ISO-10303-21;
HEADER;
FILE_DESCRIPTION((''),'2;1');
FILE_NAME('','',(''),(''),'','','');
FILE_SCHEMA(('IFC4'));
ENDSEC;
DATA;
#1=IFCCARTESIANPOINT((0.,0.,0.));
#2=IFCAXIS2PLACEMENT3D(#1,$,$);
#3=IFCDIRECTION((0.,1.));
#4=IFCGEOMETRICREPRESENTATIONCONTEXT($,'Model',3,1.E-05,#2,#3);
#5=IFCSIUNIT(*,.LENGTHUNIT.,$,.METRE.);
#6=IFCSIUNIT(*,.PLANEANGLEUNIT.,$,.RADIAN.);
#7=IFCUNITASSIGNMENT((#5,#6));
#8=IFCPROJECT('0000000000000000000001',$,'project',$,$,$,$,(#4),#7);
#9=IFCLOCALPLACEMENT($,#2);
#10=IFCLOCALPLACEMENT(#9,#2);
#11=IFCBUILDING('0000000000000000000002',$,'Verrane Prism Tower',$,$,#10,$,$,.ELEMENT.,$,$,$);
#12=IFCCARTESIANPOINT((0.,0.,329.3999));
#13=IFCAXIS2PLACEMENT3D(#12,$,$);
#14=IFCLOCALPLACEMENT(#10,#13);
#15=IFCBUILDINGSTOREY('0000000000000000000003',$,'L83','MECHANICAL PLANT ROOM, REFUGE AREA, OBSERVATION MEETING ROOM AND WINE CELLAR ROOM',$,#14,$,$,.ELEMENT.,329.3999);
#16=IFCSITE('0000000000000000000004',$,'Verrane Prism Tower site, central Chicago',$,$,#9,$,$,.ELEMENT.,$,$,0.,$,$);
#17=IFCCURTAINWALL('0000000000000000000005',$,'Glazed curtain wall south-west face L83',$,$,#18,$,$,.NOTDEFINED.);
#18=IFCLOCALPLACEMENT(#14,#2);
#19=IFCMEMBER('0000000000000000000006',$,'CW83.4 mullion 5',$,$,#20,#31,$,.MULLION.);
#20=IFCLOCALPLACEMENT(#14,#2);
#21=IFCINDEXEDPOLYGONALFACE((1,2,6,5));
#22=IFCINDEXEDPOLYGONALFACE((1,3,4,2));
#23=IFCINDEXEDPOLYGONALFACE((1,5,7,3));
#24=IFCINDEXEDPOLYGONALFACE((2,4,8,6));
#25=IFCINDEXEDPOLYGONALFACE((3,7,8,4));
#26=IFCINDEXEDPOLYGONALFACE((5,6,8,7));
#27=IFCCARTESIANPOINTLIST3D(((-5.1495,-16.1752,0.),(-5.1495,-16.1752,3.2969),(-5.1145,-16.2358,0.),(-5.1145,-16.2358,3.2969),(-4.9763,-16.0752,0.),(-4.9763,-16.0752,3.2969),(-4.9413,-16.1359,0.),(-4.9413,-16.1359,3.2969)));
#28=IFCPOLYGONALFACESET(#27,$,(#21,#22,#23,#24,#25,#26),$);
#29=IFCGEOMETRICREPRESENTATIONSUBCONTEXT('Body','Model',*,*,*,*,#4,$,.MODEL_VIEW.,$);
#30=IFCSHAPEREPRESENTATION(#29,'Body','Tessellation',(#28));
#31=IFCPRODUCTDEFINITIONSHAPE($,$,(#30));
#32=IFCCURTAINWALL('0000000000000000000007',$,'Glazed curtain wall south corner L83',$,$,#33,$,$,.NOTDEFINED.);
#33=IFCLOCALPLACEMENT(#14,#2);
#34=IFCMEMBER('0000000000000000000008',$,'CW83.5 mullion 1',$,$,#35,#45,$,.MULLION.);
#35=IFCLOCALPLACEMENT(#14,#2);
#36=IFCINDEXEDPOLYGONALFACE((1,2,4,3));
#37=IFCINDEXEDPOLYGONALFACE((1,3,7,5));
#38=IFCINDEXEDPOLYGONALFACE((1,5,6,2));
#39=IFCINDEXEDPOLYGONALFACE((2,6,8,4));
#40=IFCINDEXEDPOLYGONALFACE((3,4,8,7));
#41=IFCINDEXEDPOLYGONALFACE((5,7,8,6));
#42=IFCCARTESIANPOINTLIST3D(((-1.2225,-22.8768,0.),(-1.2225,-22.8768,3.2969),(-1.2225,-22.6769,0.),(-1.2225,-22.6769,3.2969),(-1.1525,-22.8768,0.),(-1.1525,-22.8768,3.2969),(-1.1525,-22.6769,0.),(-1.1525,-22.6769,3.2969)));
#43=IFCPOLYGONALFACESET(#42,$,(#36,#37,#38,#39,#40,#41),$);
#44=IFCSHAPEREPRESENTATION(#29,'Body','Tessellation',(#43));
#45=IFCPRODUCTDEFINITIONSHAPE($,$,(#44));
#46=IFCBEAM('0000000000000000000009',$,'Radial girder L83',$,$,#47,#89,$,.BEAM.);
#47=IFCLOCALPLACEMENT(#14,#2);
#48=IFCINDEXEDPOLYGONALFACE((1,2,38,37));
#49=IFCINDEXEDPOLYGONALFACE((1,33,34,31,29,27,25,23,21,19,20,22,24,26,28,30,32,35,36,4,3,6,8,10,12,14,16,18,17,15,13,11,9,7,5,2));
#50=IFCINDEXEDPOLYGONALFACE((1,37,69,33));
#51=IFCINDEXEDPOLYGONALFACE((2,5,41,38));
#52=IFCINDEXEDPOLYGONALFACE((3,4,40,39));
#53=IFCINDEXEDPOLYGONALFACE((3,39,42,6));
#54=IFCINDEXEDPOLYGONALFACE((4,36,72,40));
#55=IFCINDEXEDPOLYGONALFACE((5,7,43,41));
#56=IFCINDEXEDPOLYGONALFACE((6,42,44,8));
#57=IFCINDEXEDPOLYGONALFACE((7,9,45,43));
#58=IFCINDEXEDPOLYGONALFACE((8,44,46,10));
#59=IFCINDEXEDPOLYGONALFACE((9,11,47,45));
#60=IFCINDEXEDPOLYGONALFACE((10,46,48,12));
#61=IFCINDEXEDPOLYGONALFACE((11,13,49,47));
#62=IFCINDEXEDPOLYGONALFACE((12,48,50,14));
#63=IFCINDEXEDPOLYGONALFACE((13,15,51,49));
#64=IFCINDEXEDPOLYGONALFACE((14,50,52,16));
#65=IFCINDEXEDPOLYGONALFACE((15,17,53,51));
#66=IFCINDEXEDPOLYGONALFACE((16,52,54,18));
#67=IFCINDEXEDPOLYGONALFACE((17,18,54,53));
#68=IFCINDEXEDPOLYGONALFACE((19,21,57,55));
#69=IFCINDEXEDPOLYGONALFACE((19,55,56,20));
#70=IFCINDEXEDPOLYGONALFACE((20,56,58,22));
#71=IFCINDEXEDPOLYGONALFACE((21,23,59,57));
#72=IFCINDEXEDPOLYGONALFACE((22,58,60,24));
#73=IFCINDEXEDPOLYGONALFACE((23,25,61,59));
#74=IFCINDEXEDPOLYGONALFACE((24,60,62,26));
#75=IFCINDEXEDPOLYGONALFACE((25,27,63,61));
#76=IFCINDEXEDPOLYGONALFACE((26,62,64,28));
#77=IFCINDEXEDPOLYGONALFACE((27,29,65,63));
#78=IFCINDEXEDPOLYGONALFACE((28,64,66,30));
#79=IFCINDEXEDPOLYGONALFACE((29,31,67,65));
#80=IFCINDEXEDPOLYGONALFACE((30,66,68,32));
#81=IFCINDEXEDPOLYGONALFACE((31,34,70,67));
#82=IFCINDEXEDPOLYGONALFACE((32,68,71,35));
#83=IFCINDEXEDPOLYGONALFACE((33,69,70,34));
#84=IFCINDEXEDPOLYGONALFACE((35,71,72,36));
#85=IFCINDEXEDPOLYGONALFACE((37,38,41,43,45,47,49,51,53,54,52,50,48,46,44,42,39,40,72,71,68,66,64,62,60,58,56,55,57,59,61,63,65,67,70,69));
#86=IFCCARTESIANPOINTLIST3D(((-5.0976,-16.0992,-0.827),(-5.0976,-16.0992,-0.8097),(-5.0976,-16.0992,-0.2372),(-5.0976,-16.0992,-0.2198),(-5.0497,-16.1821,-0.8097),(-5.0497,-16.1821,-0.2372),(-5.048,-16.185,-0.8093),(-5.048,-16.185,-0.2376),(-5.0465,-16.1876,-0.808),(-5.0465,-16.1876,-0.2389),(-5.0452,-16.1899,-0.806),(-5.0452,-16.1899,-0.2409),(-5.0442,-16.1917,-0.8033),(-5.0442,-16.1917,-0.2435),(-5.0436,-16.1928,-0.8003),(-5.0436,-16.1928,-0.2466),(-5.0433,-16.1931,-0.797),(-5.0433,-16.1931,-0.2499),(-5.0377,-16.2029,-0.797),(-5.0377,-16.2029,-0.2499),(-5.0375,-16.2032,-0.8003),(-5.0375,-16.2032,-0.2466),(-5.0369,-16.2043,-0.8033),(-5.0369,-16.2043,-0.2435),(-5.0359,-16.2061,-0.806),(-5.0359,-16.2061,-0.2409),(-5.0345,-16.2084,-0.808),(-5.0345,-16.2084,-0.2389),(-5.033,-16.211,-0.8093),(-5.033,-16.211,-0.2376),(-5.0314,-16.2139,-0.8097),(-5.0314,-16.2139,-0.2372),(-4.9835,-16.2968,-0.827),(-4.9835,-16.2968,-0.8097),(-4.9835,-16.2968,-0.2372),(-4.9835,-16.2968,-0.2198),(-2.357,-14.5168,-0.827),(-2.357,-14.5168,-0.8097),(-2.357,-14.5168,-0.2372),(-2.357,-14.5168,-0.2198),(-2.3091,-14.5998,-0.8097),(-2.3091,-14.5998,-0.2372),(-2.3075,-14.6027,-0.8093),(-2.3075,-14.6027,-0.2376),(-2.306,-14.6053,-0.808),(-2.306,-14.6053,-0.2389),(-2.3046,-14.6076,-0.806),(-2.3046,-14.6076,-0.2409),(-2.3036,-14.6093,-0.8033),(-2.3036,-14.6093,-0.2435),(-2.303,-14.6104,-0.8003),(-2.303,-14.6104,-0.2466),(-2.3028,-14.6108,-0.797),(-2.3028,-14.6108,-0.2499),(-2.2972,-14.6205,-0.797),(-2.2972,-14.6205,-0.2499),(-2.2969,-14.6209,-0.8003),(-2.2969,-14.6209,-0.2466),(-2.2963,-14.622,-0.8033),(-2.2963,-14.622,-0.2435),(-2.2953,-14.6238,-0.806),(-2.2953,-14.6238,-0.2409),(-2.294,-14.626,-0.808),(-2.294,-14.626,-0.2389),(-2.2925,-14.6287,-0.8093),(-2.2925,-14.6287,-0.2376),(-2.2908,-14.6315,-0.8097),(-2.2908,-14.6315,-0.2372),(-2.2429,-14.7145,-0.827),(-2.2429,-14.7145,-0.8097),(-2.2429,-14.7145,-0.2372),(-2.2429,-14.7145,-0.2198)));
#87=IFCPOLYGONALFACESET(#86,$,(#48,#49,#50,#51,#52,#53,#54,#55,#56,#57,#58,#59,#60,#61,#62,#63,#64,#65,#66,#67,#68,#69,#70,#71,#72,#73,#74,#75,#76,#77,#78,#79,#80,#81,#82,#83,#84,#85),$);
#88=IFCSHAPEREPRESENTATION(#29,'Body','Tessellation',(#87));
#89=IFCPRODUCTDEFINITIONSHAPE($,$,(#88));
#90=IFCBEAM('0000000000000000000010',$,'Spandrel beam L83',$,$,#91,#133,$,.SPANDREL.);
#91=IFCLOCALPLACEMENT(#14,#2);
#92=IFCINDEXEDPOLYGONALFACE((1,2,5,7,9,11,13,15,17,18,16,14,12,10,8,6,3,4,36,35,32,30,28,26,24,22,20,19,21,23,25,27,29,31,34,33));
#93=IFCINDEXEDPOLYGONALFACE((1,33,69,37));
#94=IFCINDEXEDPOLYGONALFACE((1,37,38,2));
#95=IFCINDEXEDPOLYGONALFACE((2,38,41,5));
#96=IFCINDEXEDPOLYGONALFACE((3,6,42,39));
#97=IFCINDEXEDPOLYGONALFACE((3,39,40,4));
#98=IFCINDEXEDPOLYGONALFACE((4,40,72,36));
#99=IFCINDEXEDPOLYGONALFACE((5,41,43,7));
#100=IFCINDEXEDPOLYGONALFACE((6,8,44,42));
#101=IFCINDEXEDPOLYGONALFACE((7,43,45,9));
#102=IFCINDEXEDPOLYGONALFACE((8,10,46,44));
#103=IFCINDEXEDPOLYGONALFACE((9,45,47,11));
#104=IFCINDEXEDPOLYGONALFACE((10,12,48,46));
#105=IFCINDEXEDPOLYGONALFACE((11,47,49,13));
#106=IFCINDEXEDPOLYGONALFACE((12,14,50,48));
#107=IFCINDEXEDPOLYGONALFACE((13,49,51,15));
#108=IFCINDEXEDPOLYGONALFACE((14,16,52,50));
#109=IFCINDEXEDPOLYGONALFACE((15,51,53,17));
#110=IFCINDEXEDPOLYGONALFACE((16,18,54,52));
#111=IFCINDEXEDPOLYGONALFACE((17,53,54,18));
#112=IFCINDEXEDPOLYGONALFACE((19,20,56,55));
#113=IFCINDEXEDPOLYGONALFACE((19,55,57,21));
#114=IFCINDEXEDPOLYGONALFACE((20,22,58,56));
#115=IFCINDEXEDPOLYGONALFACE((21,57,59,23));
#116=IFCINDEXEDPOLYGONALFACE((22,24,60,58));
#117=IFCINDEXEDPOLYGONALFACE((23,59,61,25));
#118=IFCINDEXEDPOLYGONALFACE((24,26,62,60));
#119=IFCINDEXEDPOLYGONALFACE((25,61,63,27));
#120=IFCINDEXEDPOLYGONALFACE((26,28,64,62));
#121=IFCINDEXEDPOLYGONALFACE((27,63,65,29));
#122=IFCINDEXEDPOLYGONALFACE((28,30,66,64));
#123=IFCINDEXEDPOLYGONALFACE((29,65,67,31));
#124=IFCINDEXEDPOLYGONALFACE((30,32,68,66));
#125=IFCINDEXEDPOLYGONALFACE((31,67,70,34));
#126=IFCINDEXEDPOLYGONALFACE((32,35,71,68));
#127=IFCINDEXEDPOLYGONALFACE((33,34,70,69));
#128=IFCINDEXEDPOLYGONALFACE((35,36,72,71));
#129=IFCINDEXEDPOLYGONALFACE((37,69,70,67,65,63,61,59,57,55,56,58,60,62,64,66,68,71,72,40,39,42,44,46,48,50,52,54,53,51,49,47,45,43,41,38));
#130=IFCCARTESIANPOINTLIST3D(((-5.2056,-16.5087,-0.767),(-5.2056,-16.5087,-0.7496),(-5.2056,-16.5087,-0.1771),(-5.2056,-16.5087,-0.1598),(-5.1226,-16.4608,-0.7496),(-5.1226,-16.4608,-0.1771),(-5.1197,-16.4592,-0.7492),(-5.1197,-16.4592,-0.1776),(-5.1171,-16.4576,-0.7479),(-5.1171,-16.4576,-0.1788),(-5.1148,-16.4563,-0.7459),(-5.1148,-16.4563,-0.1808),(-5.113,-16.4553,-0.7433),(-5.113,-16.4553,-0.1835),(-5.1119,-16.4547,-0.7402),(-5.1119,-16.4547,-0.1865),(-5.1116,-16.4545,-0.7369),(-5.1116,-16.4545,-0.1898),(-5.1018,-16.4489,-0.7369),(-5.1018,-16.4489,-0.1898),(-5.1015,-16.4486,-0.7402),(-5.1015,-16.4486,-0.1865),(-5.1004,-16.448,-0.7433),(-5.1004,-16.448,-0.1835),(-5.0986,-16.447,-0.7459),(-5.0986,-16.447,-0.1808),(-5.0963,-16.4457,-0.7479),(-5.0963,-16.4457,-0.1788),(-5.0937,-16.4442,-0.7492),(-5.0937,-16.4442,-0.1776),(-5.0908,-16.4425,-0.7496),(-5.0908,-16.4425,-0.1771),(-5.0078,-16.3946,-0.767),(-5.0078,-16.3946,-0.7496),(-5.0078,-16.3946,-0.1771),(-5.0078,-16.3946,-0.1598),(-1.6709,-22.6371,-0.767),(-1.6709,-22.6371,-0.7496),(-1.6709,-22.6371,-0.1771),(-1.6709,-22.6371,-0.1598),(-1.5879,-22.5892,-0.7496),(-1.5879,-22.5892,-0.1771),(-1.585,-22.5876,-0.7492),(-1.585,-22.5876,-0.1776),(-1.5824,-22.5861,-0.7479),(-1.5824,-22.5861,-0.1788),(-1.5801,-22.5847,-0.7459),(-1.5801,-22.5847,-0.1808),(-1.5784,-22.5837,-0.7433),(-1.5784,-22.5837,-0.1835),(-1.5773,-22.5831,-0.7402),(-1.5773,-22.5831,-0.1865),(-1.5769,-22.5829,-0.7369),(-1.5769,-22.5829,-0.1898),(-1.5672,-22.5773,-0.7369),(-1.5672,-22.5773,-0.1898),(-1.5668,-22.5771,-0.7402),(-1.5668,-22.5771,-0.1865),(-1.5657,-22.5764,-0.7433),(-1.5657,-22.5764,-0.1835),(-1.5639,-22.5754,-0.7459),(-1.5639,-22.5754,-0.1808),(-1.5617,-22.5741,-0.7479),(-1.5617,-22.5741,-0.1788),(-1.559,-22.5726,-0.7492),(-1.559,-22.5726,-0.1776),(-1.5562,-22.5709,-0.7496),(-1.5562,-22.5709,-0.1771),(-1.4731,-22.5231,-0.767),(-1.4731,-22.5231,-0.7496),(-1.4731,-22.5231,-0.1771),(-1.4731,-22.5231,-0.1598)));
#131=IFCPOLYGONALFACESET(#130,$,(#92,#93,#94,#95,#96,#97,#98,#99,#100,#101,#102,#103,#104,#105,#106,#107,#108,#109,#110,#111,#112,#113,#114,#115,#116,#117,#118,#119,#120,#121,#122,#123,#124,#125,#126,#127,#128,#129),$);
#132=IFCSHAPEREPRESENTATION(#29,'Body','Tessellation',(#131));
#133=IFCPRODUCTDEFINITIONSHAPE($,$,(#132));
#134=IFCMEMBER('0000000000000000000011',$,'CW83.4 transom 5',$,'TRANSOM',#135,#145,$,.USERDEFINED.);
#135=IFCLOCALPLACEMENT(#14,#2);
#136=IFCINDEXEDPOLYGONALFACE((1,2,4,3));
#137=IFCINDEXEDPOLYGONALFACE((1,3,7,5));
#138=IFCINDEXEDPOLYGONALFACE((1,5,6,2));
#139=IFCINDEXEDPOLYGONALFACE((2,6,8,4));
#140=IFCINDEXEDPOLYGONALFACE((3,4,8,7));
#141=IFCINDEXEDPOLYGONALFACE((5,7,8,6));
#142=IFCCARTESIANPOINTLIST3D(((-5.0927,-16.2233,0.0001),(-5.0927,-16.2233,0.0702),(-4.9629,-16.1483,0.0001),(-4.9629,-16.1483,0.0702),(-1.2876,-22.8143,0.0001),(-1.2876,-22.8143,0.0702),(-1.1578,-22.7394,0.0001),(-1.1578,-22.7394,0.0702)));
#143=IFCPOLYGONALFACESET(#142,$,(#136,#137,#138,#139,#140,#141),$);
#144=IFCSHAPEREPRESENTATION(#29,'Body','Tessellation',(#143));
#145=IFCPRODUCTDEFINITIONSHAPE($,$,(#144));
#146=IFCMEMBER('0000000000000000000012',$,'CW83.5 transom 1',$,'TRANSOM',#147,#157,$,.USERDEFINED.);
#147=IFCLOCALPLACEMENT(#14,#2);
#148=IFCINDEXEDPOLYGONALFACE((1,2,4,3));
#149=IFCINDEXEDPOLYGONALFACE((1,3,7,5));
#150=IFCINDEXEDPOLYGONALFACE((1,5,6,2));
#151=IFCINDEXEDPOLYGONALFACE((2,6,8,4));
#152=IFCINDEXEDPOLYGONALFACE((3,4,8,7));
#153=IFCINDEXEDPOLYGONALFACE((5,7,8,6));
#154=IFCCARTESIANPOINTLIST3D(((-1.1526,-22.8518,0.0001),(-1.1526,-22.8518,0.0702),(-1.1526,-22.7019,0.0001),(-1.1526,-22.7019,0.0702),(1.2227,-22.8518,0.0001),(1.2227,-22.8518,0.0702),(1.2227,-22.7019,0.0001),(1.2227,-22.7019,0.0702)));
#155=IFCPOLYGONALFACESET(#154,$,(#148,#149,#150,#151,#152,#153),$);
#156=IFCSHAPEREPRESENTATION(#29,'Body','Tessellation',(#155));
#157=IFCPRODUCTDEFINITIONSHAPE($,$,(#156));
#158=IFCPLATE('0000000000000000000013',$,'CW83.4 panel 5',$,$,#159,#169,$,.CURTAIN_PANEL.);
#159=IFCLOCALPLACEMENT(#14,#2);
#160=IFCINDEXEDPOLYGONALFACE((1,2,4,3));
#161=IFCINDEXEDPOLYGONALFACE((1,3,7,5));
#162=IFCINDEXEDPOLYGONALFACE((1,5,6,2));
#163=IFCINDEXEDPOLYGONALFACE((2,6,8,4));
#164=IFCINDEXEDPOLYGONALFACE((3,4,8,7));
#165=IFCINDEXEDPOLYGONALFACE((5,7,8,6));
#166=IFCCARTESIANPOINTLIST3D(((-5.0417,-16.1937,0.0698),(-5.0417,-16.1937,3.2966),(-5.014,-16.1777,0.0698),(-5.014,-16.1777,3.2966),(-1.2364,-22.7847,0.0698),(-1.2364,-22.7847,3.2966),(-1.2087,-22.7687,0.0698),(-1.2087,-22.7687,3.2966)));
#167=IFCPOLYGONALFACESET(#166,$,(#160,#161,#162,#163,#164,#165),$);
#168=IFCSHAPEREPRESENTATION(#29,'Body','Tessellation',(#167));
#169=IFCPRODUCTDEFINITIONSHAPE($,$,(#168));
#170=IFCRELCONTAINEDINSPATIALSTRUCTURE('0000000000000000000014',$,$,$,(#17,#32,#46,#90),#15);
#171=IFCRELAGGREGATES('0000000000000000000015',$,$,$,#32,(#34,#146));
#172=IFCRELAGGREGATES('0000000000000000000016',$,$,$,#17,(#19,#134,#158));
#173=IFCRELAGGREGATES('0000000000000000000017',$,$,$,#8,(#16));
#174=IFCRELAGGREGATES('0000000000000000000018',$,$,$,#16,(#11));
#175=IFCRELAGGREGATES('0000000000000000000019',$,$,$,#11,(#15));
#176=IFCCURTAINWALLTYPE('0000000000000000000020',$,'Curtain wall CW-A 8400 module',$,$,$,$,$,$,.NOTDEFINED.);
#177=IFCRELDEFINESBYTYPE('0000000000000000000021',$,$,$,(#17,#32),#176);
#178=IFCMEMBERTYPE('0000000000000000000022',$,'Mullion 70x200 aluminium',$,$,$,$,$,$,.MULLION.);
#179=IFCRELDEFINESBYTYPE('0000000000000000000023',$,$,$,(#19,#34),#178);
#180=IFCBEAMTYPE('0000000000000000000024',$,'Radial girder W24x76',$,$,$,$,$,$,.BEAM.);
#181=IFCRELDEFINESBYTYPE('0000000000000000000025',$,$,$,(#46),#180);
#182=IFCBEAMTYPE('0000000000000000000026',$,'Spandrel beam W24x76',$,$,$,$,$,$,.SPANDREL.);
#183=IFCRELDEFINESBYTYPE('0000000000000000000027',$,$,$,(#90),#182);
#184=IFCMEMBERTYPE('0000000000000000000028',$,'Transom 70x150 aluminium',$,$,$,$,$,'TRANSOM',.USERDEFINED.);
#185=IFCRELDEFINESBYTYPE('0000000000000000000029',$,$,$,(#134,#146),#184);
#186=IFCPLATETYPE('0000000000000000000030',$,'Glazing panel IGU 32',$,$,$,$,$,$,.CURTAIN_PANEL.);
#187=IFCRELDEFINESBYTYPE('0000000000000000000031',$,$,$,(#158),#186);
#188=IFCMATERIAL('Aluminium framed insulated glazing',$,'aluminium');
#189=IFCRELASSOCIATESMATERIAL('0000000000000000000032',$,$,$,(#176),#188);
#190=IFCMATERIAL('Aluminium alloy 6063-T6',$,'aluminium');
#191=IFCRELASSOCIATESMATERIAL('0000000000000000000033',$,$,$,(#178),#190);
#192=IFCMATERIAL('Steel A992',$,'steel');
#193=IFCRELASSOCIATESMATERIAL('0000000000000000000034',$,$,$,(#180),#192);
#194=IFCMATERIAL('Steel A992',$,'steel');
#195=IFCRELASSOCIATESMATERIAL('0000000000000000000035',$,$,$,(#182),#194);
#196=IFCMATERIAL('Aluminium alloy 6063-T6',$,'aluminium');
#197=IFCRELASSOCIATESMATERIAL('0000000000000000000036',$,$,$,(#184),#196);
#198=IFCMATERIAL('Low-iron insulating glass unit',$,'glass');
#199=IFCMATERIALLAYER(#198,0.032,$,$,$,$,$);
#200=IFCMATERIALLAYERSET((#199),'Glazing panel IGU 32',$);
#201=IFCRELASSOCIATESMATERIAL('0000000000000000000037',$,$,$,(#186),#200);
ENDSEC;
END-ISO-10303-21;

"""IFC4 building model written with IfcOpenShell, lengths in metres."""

from ifc_helpers import new_model, si_unit, direction, frame, origin, origin_2d, place, context, subcontext, project, spatial, rectangle, i_section, extrude, material, layer, layer_set, material_profile, profile_set, type_object, element, aggregate, save


model = new_model("IFC4")

# Units and contexts
model_context = context("Model", 3, precision=1e-05, world=origin(), true_north=direction((0.0, 1.0)))
body_context = subcontext(model_context, "Body", "Model", "MODEL_VIEW")
ifc_project = project(units=[si_unit("LENGTHUNIT", "METRE"), si_unit("PLANEANGLEUNIT", "RADIAN")], contexts=[model_context])

# Site, building, storey
site_placement = place(None, origin())
site = spatial("IfcSite", under=ifc_project, at=site_placement, Name="Verrane Prism Tower site, central Chicago", CompositionType="ELEMENT", RefElevation=0.0)
building_placement = place(site_placement, origin())
building = spatial("IfcBuilding", under=site, at=building_placement, Name="Verrane Prism Tower", CompositionType="ELEMENT")
storey_placement = place(building_placement, frame((0.0, 0.0, 329.3999)))
storey = spatial("IfcBuildingStorey", under=building, at=storey_placement, Name="L83", Description="MECHANICAL PLANT ROOM, REFUGE AREA, OBSERVATION MEETING ROOM AND WINE CELLAR ROOM", CompositionType="ELEMENT", Elevation=329.3999)

# Curtain walls, members
ifc_material_1 = material(Name="Aluminium framed insulated glazing", Category="aluminium")
curtain_wall_type = type_object("IfcCurtainWallType", Name="Curtain wall CW-A 8400 module", PredefinedType="NOTDEFINED", material=ifc_material_1)
curtain_wall_1_placement = place(storey_placement, origin())
curtain_wall_1 = element("IfcCurtainWall", 1, at=curtain_wall_1_placement, inside=storey, type_object=curtain_wall_type, Name="Glazed curtain wall south-west face L83", PredefinedType="NOTDEFINED")
ifc_material_2 = material(Name="Aluminium alloy 6063-T6", Category="aluminium")
ifc_material_profile_1 = material_profile(ifc_material_2, rectangle(XDim=0.2, YDim=0.0701, at=origin_2d()), Name="Mullion 70x200 aluminium")
ifc_profile_set_1 = profile_set([ifc_material_profile_1], Name="Aluminium alloy 6063-T6")
member_type_1 = type_object("IfcMemberType", Name="Mullion 70x200 aluminium", PredefinedType="MULLION", material=ifc_profile_set_1)
member_1_placement = place(storey_placement, frame((-5.0454, -16.1555, 0.0), z_axis=(0.0, 0.0, 1.0), x_axis=(0.866025, 0.5, 0.0)))
member_1 = element("IfcMember", 2, at=member_1_placement, type_object=member_type_1, Name="CW83.4 mullion 5", PredefinedType="MULLION", context=body_context, shape_type="SweptSolid", body=[
    extrude(rectangle(XDim=0.2, YDim=0.0701, at=origin_2d()), origin(), (0.0, 0.0, 1.0), 3.2969),
])
curtain_wall_2_placement = place(storey_placement, origin())
curtain_wall_2 = element("IfcCurtainWall", 3, at=curtain_wall_2_placement, inside=storey, type_object=curtain_wall_type, Name="Glazed curtain wall south corner L83", PredefinedType="NOTDEFINED")
member_2_placement = place(storey_placement, frame((-1.1875, -22.7769, 0.0), z_axis=(0.0, 0.0, 1.0), x_axis=(0.0, 1.0, 0.0)))
member_2 = element("IfcMember", 4, at=member_2_placement, type_object=member_type_1, Name="CW83.5 mullion 1", PredefinedType="MULLION", context=body_context, shape_type="SweptSolid", body=[
    extrude(rectangle(XDim=0.2, YDim=0.0701, at=origin_2d()), origin(), (0.0, 0.0, 1.0), 3.2969),
])

# Beams
ifc_material_3 = material(Name="Steel A992", Category="steel")
ifc_material_profile_2 = material_profile(ifc_material_3, i_section(OverallWidth=0.2283, OverallDepth=0.6072, WebThickness=0.0112, FlangeThickness=0.0173, FilletRadius=0.0127, at=origin_2d()), Name="W24x76")
ifc_profile_set_2 = profile_set([ifc_material_profile_2], Name="Steel A992")
beam_type_1 = type_object("IfcBeamType", Name="Radial girder W24x76", PredefinedType="BEAM", material=ifc_profile_set_2)
beam_1_placement = place(storey_placement, frame((-5.0405, -16.198, -0.5234), z_axis=(0.866017, 0.500014, 0.0), x_axis=(-0.500014, 0.866017, 0.0)))
element("IfcBeam", 5, at=beam_1_placement, inside=storey, type_object=beam_type_1, Name="Radial girder L83", PredefinedType="BEAM", context=body_context, shape_type="SweptSolid", body=[
    extrude(i_section(OverallWidth=0.2283, OverallDepth=0.6072, WebThickness=0.0112, FlangeThickness=0.0173, FilletRadius=0.0127, at=origin_2d()), origin(), (0.0, 0.0, 1.0), 3.1646),
])
ifc_material_4 = material(Name="Steel A992", Category="steel")
ifc_material_profile_3 = material_profile(ifc_material_4, i_section(OverallWidth=0.2283, OverallDepth=0.6072, WebThickness=0.0112, FlangeThickness=0.0173, FilletRadius=0.0127, at=origin_2d()), Name="W24x76")
ifc_profile_set_3 = profile_set([ifc_material_profile_3], Name="Steel A992")
beam_type_2 = type_object("IfcBeamType", Name="Spandrel beam W24x76", PredefinedType="SPANDREL", material=ifc_profile_set_3)
beam_2_placement = place(storey_placement, frame((-5.1067, -16.4517, -0.4634), z_axis=(0.499621, -0.866244, 0.0), x_axis=(0.866244, 0.499621, 0.0)))
element("IfcBeam", 6, at=beam_2_placement, inside=storey, type_object=beam_type_2, Name="Spandrel beam L83", PredefinedType="SPANDREL", context=body_context, shape_type="SweptSolid", body=[
    extrude(i_section(OverallWidth=0.2283, OverallDepth=0.6072, WebThickness=0.0112, FlangeThickness=0.0173, FilletRadius=0.0127, at=origin_2d()), origin(), (0.0, 0.0, 1.0), 7.0747),
])

# Members
ifc_material_5 = material(Name="Aluminium alloy 6063-T6", Category="aluminium")
ifc_material_profile_4 = material_profile(ifc_material_5, rectangle(XDim=0.1499, YDim=0.0701, at=origin_2d()), Name="Transom 70x150 aluminium")
ifc_profile_set_4 = profile_set([ifc_material_profile_4], Name="Aluminium alloy 6063-T6")
member_type_2 = type_object("IfcMemberType", Name="Transom 70x150 aluminium", ElementType="TRANSOM", PredefinedType="USERDEFINED", material=ifc_profile_set_4)
member_3_placement = place(storey_placement, frame((-5.0278, -16.1858, 0.0352), z_axis=(0.499983, -0.866035, 0.0), x_axis=(0.866035, 0.499983, 0.0)))
member_3 = element("IfcMember", 7, at=member_3_placement, type_object=member_type_2, Name="CW83.4 transom 5", ObjectType="TRANSOM", PredefinedType="USERDEFINED", context=body_context, shape_type="SweptSolid", body=[
    extrude(rectangle(XDim=0.1499, YDim=0.0701, at=origin_2d()), origin(), (0.0, 0.0, 1.0), 7.6106),
])
member_4_placement = place(storey_placement, frame((-1.1526, -22.7769, 0.0352), z_axis=(1.0, 0.0, 0.0), x_axis=(0.0, 1.0, 0.0)))
member_4 = element("IfcMember", 8, at=member_4_placement, type_object=member_type_2, Name="CW83.5 transom 1", ObjectType="TRANSOM", PredefinedType="USERDEFINED", context=body_context, shape_type="SweptSolid", body=[
    extrude(rectangle(XDim=0.1499, YDim=0.0701, at=origin_2d()), origin(), (0.0, 0.0, 1.0), 2.3752),
])
aggregate(curtain_wall_2, [member_2, member_4])

# Plate
ifc_material_6 = material(Name="Low-iron insulating glass unit", Category="glass")
ifc_layer_1 = layer(ifc_material_6, 0.032)
ifc_layer_set_1 = layer_set([ifc_layer_1], Name="Glazing panel IGU 32")
plate_type = type_object("IfcPlateType", Name="Glazing panel IGU 32", PredefinedType="CURTAIN_PANEL", material=ifc_layer_set_1)
plate_placement = place(storey_placement, frame((-3.1252, -19.4812, 0.0698), z_axis=(0.0, 0.0, 1.0), x_axis=(0.5, -0.866025, 0.0)))
plate = element("IfcPlate", 9, at=plate_placement, type_object=plate_type, Name="CW83.4 panel 5", PredefinedType="CURTAIN_PANEL", context=body_context, shape_type="SweptSolid", body=[
    extrude(rectangle(XDim=7.6106, YDim=0.032, at=origin_2d()), origin(), (0.0, 0.0, 1.0), 3.2268),
])
aggregate(curtain_wall_1, [member_1, member_3, plate])

save(model, "model.ifc")
